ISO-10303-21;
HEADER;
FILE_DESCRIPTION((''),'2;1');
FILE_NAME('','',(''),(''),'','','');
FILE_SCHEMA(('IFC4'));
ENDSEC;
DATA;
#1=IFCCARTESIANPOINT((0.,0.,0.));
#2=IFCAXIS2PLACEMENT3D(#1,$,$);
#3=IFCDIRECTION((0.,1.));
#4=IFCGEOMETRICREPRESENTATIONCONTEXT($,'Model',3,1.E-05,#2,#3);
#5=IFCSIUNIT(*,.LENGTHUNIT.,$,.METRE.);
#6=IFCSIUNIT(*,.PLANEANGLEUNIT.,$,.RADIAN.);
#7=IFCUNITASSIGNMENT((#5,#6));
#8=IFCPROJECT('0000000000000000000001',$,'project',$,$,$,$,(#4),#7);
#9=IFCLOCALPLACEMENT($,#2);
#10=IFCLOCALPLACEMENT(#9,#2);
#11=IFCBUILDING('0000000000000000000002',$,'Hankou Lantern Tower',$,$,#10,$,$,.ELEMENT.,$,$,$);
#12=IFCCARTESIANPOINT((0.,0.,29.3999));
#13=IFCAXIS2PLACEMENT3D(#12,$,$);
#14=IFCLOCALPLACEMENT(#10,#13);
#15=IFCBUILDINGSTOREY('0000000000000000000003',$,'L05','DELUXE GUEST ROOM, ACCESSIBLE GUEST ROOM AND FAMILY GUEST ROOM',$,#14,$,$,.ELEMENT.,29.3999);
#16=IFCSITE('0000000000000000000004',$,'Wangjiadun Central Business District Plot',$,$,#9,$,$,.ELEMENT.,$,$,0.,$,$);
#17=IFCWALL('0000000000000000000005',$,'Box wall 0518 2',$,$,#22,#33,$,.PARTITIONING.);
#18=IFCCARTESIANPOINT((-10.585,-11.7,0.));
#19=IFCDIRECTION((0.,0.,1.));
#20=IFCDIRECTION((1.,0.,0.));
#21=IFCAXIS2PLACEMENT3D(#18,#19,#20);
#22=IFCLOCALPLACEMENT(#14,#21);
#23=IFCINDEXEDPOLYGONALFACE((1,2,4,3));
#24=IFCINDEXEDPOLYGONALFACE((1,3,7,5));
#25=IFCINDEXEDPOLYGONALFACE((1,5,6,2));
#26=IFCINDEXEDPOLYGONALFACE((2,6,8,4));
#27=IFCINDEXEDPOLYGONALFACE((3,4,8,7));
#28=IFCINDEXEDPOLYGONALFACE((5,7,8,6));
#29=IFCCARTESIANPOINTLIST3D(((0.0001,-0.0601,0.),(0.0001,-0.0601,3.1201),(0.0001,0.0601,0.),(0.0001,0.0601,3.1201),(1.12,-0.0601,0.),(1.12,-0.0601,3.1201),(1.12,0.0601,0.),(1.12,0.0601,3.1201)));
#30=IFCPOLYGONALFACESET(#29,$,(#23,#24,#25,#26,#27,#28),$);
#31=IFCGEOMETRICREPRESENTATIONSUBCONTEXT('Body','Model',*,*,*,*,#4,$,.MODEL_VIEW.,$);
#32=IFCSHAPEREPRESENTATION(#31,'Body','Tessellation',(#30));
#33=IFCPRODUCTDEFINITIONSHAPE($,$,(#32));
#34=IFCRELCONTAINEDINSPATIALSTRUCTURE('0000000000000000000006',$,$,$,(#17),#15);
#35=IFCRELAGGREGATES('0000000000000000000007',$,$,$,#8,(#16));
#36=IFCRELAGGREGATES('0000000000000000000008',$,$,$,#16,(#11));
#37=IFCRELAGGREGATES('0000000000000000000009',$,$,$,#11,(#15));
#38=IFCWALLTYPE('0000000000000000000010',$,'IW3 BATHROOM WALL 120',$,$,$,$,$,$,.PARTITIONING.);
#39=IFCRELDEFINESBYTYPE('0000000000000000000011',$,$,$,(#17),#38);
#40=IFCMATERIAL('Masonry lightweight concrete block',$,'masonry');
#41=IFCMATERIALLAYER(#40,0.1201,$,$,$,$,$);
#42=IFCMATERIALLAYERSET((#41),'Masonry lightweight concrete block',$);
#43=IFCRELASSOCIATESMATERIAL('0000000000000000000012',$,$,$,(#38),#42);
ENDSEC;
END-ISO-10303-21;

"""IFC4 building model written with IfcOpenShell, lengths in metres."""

from ifc_helpers import new_model, si_unit, direction, frame, frame_2d, origin, place, context, subcontext, project, spatial, rectangle, extrude, material, layer, layer_set, type_object, element, save


model = new_model("IFC4")

# Units and contexts
model_context = context("Model", 3, precision=1e-05, world=origin(), true_north=direction((0.0, 1.0)))
body_context = subcontext(model_context, "Body", "Model", "MODEL_VIEW")
ifc_project = project(units=[si_unit("LENGTHUNIT", "METRE"), si_unit("PLANEANGLEUNIT", "RADIAN")], contexts=[model_context])

# Site, building, storey
site_placement = place(None, origin())
site = spatial("IfcSite", under=ifc_project, at=site_placement, Name="Wangjiadun Central Business District Plot", CompositionType="ELEMENT", RefElevation=0.0)
building_placement = place(site_placement, origin())
building = spatial("IfcBuilding", under=site, at=building_placement, Name="Hankou Lantern Tower", CompositionType="ELEMENT")
storey_placement = place(building_placement, frame((0.0, 0.0, 29.3999)))
storey = spatial("IfcBuildingStorey", under=building, at=storey_placement, Name="L05", Description="DELUXE GUEST ROOM, ACCESSIBLE GUEST ROOM AND FAMILY GUEST ROOM", CompositionType="ELEMENT", Elevation=29.3999)

# Wall
ifc_material_1 = material(Name="Masonry lightweight concrete block", Category="masonry")
ifc_layer_1 = layer(ifc_material_1, 0.1201)
ifc_layer_set_1 = layer_set([ifc_layer_1], Name="Masonry lightweight concrete block")
wall_type_1 = type_object("IfcWallType", Name="IW3 BATHROOM WALL 120", PredefinedType="PARTITIONING", material=ifc_layer_set_1)
wall_1_placement = place(storey_placement, frame((-10.585, -11.7, 0.0), z_axis=(0.0, 0.0, 1.0), x_axis=(1.0, 0.0, 0.0)))
element("IfcWall", 1, at=wall_1_placement, inside=storey, type_object=wall_type_1, Name="Box wall 0518 2", PredefinedType="PARTITIONING", context=body_context, shape_type="SweptSolid", body=[
    extrude(rectangle(XDim=1.1199, YDim=0.1201, at=frame_2d((0.5601, 0.0))), origin(), (0.0, 0.0, 1.0), 3.1201),
])

save(model, "model.ifc")
